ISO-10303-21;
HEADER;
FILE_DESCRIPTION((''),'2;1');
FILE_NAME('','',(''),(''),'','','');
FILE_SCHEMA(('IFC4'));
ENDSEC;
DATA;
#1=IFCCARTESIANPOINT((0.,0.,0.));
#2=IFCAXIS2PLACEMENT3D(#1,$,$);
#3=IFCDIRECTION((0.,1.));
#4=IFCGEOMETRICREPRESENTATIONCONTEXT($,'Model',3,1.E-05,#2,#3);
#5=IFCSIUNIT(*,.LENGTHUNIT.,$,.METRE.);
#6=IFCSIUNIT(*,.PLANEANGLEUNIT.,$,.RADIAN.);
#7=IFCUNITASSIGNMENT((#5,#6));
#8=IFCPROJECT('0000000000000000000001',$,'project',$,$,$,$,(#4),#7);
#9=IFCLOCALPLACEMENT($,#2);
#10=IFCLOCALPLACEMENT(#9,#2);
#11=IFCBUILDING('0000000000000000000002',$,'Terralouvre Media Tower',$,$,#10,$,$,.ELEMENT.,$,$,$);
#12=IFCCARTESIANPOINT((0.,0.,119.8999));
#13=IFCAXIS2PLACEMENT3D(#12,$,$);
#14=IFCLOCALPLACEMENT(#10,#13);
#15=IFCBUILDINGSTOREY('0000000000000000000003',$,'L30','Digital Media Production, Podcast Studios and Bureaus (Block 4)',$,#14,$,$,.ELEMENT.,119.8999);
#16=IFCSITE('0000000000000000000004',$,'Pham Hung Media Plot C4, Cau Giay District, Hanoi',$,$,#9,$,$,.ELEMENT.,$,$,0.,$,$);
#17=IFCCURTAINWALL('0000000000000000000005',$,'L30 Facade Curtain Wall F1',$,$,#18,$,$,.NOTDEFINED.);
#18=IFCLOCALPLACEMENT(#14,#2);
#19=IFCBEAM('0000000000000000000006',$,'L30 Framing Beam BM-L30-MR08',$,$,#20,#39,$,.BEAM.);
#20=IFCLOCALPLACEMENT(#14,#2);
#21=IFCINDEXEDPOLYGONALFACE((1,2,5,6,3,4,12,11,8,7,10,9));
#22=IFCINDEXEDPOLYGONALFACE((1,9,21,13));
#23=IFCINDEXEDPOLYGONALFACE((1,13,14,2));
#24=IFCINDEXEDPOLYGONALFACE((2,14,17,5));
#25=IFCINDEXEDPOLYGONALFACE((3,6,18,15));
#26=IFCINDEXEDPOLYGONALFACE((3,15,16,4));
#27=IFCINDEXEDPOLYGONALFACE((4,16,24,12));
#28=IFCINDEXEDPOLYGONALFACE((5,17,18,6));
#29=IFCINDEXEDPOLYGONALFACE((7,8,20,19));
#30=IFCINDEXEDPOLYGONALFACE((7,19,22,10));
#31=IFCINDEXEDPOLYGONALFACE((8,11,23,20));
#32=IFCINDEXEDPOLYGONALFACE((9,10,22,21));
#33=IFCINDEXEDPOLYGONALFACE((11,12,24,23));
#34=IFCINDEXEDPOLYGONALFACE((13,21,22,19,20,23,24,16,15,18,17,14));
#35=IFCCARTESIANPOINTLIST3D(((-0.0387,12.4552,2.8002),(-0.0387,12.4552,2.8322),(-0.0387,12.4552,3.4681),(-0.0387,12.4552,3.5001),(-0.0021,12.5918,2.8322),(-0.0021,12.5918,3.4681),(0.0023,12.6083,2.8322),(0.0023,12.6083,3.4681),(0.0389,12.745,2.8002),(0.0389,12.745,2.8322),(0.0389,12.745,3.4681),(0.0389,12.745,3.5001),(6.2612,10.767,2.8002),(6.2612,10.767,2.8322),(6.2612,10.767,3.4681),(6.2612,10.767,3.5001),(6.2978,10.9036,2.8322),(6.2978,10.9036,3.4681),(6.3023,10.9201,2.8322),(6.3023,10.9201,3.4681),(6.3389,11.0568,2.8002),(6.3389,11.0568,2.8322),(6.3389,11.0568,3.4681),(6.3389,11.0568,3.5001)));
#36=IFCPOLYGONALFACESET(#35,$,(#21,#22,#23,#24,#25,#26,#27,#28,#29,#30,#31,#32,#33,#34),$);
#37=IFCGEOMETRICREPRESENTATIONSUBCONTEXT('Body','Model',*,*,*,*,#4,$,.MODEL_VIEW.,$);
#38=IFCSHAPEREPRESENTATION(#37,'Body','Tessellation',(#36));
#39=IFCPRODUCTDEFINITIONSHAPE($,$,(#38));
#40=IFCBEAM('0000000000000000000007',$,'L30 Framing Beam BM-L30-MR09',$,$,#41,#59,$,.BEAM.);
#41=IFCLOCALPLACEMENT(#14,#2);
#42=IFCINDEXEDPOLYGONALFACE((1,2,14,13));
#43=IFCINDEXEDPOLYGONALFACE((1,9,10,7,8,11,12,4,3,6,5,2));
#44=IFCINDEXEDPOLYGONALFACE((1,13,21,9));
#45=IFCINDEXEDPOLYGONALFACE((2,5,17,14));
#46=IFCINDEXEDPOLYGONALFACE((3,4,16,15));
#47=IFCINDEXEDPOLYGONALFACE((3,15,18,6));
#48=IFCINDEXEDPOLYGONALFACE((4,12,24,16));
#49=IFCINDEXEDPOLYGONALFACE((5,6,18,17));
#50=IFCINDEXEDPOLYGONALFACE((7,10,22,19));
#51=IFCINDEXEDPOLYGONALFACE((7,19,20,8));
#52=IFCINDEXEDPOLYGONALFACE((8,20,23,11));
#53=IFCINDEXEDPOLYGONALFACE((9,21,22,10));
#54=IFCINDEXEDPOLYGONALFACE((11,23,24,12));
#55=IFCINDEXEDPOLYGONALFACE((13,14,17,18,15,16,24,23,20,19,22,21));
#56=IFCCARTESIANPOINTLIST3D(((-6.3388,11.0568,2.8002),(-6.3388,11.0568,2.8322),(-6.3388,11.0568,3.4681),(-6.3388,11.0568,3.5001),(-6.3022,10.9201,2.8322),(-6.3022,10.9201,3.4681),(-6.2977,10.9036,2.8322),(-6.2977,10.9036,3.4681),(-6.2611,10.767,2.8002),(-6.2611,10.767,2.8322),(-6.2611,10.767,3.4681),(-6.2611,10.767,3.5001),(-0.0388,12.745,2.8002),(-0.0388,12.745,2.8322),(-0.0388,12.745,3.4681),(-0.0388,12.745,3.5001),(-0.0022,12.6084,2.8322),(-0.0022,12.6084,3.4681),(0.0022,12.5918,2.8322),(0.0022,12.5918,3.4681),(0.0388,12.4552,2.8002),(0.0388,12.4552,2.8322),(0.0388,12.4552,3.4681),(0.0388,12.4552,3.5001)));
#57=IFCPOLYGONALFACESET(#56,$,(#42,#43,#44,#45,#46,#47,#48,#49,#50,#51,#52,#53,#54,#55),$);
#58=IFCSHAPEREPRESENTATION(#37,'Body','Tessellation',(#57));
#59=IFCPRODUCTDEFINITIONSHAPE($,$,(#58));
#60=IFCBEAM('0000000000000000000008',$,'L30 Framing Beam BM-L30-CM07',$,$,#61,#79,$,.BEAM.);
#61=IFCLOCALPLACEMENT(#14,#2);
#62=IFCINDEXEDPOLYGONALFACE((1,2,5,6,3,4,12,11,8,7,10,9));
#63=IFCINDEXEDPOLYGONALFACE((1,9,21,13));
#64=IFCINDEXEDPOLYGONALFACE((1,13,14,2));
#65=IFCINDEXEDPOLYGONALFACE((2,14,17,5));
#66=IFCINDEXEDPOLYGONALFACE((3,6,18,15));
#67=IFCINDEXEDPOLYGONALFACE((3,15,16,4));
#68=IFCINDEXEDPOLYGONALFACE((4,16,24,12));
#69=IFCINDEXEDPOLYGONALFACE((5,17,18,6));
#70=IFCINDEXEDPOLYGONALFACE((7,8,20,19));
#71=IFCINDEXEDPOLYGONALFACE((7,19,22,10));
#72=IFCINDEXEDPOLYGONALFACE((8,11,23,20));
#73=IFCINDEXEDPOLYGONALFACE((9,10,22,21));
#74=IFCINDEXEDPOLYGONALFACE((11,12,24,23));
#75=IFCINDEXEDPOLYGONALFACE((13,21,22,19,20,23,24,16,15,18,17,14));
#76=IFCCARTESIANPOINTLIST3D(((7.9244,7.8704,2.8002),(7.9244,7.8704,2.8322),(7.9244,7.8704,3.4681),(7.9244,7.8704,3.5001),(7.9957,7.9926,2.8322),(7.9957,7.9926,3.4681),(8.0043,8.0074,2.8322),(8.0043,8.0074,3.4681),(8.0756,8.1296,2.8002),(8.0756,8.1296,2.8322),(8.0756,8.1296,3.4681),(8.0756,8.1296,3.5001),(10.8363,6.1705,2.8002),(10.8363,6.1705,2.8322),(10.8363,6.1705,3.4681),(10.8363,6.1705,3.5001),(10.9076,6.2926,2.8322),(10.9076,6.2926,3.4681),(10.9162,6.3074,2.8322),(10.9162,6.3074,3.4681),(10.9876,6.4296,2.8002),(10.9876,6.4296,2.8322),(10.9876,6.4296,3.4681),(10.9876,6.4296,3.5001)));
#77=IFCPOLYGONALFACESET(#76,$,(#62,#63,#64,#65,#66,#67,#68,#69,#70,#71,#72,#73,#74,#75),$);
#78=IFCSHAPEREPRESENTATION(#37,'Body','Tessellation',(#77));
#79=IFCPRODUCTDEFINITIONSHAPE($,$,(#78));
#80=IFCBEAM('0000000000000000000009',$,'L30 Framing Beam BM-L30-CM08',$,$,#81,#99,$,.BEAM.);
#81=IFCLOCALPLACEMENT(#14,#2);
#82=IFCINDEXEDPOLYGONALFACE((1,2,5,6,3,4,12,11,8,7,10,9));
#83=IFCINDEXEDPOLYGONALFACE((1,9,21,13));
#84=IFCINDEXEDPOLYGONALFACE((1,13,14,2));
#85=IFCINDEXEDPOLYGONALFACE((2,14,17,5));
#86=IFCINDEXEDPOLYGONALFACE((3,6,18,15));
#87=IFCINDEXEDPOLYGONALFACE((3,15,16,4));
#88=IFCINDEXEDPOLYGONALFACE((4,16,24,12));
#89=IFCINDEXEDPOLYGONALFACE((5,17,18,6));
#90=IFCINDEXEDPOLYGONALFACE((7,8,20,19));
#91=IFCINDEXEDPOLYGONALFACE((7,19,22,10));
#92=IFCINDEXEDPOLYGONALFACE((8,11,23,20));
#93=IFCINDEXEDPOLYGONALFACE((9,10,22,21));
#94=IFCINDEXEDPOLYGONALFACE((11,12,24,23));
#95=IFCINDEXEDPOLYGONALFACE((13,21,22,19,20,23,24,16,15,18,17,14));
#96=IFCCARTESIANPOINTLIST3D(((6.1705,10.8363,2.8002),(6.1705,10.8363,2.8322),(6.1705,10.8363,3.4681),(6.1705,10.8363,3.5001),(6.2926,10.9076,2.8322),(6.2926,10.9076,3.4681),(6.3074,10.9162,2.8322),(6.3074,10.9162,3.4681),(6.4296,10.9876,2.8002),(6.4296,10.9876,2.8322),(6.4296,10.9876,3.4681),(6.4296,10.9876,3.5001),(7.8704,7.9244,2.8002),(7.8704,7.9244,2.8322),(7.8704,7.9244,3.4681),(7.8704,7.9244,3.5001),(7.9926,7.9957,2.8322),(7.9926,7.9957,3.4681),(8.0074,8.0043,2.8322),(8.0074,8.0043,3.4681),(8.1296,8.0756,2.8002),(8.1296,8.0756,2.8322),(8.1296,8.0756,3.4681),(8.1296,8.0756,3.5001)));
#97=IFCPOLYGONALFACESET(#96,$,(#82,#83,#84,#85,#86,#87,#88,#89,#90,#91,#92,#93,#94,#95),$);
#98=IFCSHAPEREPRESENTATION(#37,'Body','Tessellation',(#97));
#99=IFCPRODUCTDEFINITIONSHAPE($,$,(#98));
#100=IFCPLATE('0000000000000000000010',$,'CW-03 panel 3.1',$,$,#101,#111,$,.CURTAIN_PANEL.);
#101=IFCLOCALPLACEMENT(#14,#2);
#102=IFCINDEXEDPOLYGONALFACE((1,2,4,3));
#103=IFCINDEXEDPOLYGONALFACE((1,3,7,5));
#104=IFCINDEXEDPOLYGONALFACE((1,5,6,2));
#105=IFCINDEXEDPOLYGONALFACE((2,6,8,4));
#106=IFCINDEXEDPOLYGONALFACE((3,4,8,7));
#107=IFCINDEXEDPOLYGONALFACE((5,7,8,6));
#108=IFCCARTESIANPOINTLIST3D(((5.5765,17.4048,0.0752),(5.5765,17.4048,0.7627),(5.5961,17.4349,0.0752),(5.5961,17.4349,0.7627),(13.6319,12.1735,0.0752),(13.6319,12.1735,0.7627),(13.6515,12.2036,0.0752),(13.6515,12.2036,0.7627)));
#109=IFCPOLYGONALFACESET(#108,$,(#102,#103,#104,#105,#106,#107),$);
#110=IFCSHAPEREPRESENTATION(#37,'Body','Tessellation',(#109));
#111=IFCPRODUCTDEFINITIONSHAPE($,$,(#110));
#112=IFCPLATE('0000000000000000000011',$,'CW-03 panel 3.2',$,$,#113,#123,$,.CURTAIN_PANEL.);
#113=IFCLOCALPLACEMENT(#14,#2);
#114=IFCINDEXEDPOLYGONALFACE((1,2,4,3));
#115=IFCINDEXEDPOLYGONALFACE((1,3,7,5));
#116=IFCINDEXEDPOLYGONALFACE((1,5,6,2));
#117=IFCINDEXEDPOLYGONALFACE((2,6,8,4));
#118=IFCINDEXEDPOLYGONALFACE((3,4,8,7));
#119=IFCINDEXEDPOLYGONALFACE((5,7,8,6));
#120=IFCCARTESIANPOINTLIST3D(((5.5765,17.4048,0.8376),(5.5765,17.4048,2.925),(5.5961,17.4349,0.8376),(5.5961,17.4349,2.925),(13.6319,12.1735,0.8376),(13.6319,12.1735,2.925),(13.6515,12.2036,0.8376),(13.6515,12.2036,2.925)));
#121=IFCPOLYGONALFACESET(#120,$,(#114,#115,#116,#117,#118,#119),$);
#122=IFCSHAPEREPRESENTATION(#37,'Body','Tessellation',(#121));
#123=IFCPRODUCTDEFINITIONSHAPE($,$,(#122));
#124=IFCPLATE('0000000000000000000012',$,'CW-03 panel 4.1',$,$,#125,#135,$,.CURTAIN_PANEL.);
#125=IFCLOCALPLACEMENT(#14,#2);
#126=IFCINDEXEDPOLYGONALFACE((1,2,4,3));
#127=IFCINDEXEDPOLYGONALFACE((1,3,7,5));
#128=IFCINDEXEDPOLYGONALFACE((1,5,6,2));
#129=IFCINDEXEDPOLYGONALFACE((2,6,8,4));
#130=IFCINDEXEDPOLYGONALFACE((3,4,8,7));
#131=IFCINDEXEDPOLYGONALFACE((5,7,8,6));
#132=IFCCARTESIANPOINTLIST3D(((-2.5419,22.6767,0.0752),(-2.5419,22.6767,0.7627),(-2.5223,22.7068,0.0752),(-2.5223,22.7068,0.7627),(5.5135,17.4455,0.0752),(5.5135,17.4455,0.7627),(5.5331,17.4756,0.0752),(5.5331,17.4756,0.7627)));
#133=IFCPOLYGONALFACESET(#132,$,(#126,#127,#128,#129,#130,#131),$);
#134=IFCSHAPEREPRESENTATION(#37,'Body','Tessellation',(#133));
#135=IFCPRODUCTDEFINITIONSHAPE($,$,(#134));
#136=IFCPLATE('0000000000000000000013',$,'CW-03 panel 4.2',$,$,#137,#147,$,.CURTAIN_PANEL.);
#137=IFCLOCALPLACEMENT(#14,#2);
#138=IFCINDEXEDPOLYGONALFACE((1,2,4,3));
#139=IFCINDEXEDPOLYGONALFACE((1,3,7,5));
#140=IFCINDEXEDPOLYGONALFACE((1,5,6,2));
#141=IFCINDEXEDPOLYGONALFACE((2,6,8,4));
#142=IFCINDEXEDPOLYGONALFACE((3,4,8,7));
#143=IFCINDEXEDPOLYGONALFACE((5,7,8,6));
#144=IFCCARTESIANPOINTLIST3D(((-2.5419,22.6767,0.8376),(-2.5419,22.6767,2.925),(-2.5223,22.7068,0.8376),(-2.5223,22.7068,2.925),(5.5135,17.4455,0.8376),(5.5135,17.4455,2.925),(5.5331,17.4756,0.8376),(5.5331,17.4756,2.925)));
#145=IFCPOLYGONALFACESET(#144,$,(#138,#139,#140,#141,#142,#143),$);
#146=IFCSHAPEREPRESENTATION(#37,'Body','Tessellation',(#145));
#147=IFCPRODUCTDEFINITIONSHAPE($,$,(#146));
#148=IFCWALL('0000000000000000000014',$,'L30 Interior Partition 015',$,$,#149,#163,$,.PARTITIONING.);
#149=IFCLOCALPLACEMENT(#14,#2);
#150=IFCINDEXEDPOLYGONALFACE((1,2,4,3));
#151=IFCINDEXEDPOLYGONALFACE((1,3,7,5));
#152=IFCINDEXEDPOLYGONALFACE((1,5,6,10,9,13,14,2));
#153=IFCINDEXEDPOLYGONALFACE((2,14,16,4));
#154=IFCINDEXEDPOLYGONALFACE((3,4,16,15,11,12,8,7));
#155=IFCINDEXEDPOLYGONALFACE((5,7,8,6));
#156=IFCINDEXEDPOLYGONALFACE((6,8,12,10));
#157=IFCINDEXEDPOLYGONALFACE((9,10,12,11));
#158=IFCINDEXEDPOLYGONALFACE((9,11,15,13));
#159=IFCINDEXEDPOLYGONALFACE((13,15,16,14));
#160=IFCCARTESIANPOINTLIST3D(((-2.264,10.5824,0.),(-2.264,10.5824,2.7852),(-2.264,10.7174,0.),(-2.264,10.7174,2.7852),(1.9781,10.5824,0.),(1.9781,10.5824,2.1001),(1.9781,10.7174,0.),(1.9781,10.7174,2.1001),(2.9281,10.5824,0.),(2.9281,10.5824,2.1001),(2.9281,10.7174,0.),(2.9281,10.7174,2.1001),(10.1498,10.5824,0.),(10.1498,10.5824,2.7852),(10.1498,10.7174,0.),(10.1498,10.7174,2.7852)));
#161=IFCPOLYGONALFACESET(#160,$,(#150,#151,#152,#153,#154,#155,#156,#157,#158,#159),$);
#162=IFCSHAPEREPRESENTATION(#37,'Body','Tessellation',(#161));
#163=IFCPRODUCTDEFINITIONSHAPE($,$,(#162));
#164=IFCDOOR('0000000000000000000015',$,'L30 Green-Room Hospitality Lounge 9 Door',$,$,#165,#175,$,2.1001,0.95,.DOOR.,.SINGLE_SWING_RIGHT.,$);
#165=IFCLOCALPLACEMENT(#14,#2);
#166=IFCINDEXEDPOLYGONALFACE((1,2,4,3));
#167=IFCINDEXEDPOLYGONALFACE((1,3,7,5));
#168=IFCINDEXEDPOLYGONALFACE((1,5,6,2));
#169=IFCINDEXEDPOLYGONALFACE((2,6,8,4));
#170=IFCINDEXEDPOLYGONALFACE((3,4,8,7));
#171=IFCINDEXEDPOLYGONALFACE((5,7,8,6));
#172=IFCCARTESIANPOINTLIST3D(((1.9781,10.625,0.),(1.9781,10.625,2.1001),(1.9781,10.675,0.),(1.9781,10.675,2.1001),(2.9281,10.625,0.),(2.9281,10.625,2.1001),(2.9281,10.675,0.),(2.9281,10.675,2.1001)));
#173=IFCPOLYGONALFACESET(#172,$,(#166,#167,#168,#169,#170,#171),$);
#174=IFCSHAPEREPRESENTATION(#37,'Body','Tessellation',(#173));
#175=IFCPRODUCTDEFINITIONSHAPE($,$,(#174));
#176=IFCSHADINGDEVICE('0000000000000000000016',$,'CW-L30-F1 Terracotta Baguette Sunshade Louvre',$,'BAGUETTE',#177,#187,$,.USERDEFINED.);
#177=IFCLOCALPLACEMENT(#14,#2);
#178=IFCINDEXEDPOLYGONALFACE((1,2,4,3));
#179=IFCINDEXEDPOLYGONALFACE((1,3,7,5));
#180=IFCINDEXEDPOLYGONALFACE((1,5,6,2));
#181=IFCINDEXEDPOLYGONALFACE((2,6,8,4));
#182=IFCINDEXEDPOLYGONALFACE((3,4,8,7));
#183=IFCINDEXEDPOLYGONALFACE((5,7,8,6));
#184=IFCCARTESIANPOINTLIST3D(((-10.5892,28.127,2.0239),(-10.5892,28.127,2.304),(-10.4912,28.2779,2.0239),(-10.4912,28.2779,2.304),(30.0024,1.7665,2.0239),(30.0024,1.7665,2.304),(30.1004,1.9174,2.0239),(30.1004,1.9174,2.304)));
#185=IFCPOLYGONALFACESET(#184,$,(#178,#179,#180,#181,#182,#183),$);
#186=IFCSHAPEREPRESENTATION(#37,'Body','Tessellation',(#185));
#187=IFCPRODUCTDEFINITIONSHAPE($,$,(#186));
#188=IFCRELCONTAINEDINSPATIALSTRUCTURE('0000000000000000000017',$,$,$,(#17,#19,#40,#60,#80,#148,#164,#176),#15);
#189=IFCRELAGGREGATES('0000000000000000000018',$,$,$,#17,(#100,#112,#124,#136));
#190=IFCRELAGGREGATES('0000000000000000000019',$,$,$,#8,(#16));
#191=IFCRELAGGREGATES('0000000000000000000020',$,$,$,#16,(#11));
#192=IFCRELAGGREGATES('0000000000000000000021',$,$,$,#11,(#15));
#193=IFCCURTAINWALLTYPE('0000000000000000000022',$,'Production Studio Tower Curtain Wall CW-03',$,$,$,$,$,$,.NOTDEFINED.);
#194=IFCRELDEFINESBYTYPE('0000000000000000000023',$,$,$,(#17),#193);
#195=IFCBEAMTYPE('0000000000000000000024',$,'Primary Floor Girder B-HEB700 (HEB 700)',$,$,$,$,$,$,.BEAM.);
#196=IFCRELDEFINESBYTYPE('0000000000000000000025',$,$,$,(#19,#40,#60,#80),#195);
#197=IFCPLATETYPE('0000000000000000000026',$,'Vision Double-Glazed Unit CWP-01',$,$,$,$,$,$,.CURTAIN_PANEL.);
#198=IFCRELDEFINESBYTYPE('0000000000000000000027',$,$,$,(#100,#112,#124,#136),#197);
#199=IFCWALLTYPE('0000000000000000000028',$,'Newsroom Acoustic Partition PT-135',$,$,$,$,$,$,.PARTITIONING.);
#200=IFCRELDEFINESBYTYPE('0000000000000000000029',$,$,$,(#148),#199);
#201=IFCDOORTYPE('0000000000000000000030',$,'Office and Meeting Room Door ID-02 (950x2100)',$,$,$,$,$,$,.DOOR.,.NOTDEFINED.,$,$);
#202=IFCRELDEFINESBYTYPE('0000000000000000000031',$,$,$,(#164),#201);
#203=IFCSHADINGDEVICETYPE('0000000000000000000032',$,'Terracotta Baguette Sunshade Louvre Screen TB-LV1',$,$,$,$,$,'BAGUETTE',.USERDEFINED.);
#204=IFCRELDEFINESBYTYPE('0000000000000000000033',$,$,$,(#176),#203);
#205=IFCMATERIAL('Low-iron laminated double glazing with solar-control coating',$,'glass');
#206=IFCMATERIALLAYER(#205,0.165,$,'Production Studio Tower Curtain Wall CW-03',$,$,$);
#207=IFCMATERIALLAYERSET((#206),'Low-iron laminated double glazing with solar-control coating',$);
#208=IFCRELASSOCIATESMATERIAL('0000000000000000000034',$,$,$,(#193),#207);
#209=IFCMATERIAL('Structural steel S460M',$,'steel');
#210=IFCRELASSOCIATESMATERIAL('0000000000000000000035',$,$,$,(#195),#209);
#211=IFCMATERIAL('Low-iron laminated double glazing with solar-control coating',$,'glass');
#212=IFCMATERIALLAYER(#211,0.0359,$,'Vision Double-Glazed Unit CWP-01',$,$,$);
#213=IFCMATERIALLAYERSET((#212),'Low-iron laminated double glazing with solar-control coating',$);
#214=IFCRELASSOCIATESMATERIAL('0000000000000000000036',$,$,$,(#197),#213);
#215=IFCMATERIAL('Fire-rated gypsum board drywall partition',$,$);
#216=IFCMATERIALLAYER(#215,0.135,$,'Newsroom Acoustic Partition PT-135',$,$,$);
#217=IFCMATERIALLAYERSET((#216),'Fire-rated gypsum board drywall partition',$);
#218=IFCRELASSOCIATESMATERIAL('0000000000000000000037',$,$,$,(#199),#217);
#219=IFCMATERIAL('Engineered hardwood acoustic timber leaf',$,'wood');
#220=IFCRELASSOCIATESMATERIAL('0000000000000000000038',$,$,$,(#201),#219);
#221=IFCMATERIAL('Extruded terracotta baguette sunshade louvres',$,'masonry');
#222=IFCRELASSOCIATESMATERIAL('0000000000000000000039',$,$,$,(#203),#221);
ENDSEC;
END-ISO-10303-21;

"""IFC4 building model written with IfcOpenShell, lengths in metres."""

from ifc_helpers import new_model, si_unit, direction, frame, frame_2d, origin, origin_2d, place, context, subcontext, project, spatial, rectangle, i_section, extrude, material, layer, layer_set, material_profile, profile_set, type_object, element, fill, aggregate, save


model = new_model("IFC4")

# Units and contexts
model_context = context("Model", 3, precision=1e-05, world=origin(), true_north=direction((0.0, 1.0)))
body_context = subcontext(model_context, "Body", "Model", "MODEL_VIEW")
ifc_project = project(units=[si_unit("LENGTHUNIT", "METRE"), si_unit("PLANEANGLEUNIT", "RADIAN")], contexts=[model_context])

# Site, building, storey
site_placement = place(None, origin())
site = spatial("IfcSite", under=ifc_project, at=site_placement, Name="Pham Hung Media Plot C4, Cau Giay District, Hanoi", CompositionType="ELEMENT", RefElevation=0.0)
building_placement = place(site_placement, origin())
building = spatial("IfcBuilding", under=site, at=building_placement, Name="Terralouvre Media Tower", CompositionType="ELEMENT")
storey_placement = place(building_placement, frame((0.0, 0.0, 119.8999)))
storey = spatial("IfcBuildingStorey", under=building, at=storey_placement, Name="L30", Description="Digital Media Production, Podcast Studios and Bureaus (Block 4)", CompositionType="ELEMENT", Elevation=119.8999)

# Curtain wall
ifc_material_1 = material(Name="Low-iron laminated double glazing with solar-control coating", Category="glass")
ifc_layer_1 = layer(ifc_material_1, 0.165, Name="Production Studio Tower Curtain Wall CW-03")
ifc_layer_set_1 = layer_set([ifc_layer_1], Name="Low-iron laminated double glazing with solar-control coating")
curtain_wall_type = type_object("IfcCurtainWallType", Name="Production Studio Tower Curtain Wall CW-03", PredefinedType="NOTDEFINED", material=ifc_layer_set_1)
curtain_wall_placement = place(storey_placement, origin())
curtain_wall = element("IfcCurtainWall", 1, at=curtain_wall_placement, inside=storey, type_object=curtain_wall_type, Name="L30 Facade Curtain Wall F1", PredefinedType="NOTDEFINED")

# Beams
ifc_material_2 = material(Name="Structural steel S460M", Category="steel")
ifc_material_profile_1 = material_profile(ifc_material_2, i_section(OverallWidth=0.3, OverallDepth=0.7, WebThickness=0.0171, FlangeThickness=0.032, at=origin_2d()), Name="HEB 700")
ifc_profile_set_1 = profile_set([ifc_material_profile_1], Name="Structural steel S460M")
beam_type_1 = type_object("IfcBeamType", Name="Primary Floor Girder B-HEB700 (HEB 700)", PredefinedType="BEAM", material=ifc_profile_set_1)
for number, where, z_axis, x_axis, name in (
    (2, (6.3, 10.9119, 3.1501), (-0.96592, 0.258839, 0.0), (-0.258839, -0.96592, 0.0), "L30 Framing Beam BM-L30-MR08"),
    (3, (0.0, 12.6001, 3.1501), (-0.96592, -0.258839, 0.0), (0.258839, -0.96592, 0.0), "L30 Framing Beam BM-L30-MR09"),
):
    element("IfcBeam", number, at=place(storey_placement, frame(where, z_axis=z_axis, x_axis=x_axis)), inside=storey, type_object=beam_type_1, Name=name, PredefinedType="BEAM", context=body_context, shape_type="SweptSolid", body=[
        extrude(i_section(OverallWidth=0.3, OverallDepth=0.7, WebThickness=0.0171, FlangeThickness=0.032, at=origin_2d()), origin(), (0.0, 0.0, 1.0), 6.5222),
    ])
for number, where, z_axis, x_axis, name in (
    (4, (8.0, 8.0, 3.1501), (0.863603, -0.504173, 0.0), (0.504173, 0.863603, 0.0), "L30 Framing Beam BM-L30-CM07"),
    (5, (8.0, 8.0, 3.1501), (-0.504173, 0.863603, 0.0), (-0.863603, -0.504173, 0.0), "L30 Framing Beam BM-L30-CM08"),
):
    element("IfcBeam", number, at=place(storey_placement, frame(where, z_axis=z_axis, x_axis=x_axis)), inside=storey, type_object=beam_type_1, Name=name, PredefinedType="BEAM", context=body_context, shape_type="SweptSolid", body=[
        extrude(i_section(OverallWidth=0.3, OverallDepth=0.7, WebThickness=0.0171, FlangeThickness=0.032, at=origin_2d()), origin(), (0.0, 0.0, 1.0), 3.3718),
    ])

# Plates
ifc_material_3 = material(Name="Low-iron laminated double glazing with solar-control coating", Category="glass")
ifc_layer_2 = layer(ifc_material_3, 0.0359, Name="Vision Double-Glazed Unit CWP-01")
ifc_layer_set_2 = layer_set([ifc_layer_2], Name="Low-iron laminated double glazing with solar-control coating")
plate_type = type_object("IfcPlateType", Name="Vision Double-Glazed Unit CWP-01", PredefinedType="CURTAIN_PANEL", material=ifc_layer_set_2)
plate_1_placement = place(storey_placement, frame((9.614, 14.8042, 0.0752), z_axis=(0.0, 0.0, 1.0), x_axis=(-0.838671, 0.544639, 0.0)))
plate_1 = element("IfcPlate", 6, at=plate_1_placement, type_object=plate_type, Name="CW-03 panel 3.1", PredefinedType="CURTAIN_PANEL", context=body_context, shape_type="SweptSolid", body=[
    extrude(rectangle(XDim=9.605, YDim=0.0359, at=origin_2d()), origin(), (0.0, 0.0, 1.0), 0.6875),
])
plate_2_placement = place(storey_placement, frame((9.614, 14.8042, 0.8376), z_axis=(0.0, 0.0, 1.0), x_axis=(-0.838671, 0.544639, 0.0)))
plate_2 = element("IfcPlate", 7, at=plate_2_placement, type_object=plate_type, Name="CW-03 panel 3.2", PredefinedType="CURTAIN_PANEL", context=body_context, shape_type="SweptSolid", body=[
    extrude(rectangle(XDim=9.605, YDim=0.0359, at=origin_2d()), origin(), (0.0, 0.0, 1.0), 2.0874),
])
plate_3_placement = place(storey_placement, frame((1.4956, 20.0762, 0.0752), z_axis=(0.0, 0.0, 1.0), x_axis=(-0.838671, 0.544639, 0.0)))
plate_3 = element("IfcPlate", 8, at=plate_3_placement, type_object=plate_type, Name="CW-03 panel 4.1", PredefinedType="CURTAIN_PANEL", context=body_context, shape_type="SweptSolid", body=[
    extrude(rectangle(XDim=9.605, YDim=0.0359, at=origin_2d()), origin(), (0.0, 0.0, 1.0), 0.6875),
])
plate_4_placement = place(storey_placement, frame((1.4956, 20.0762, 0.8376), z_axis=(0.0, 0.0, 1.0), x_axis=(-0.838671, 0.544639, 0.0)))
plate_4 = element("IfcPlate", 9, at=plate_4_placement, type_object=plate_type, Name="CW-03 panel 4.2", PredefinedType="CURTAIN_PANEL", context=body_context, shape_type="SweptSolid", body=[
    extrude(rectangle(XDim=9.605, YDim=0.0359, at=origin_2d()), origin(), (0.0, 0.0, 1.0), 2.0874),
])
aggregate(curtain_wall, [plate_1, plate_2, plate_3, plate_4])

# Wall, opening, door
ifc_material_4 = material(Name="Fire-rated gypsum board drywall partition")
ifc_layer_3 = layer(ifc_material_4, 0.135, Name="Newsroom Acoustic Partition PT-135")
ifc_layer_set_3 = layer_set([ifc_layer_3], Name="Fire-rated gypsum board drywall partition")
wall_type = type_object("IfcWallType", Name="Newsroom Acoustic Partition PT-135", PredefinedType="PARTITIONING", material=ifc_layer_set_3)
wall_placement = place(storey_placement, frame((10.1499, 10.6499, 0.0), z_axis=(0.0, 0.0, 1.0), x_axis=(-1.0, 0.0, 0.0)))
wall = element("IfcWall", 10, at=wall_placement, inside=storey, type_object=wall_type, Name="L30 Interior Partition 015", PredefinedType="PARTITIONING", context=body_context, shape_type="SweptSolid", body=[
    extrude(rectangle(XDim=12.4138, YDim=0.135, at=frame_2d((6.207, 0.0))), origin(), (0.0, 0.0, 1.0), 2.7852),
])
opening_placement = place(wall_placement, frame((7.2217, 0.0, 0.0)))
opening = element("IfcOpeningElement", 11, at=opening_placement, cuts=wall, PredefinedType="OPENING", context=body_context, shape_type="SweptSolid", body=[
    extrude(rectangle(XDim=0.95, YDim=2.1001, at=frame_2d((0.4751, 1.05))), frame((0.0, 0.0774, 0.0), z_axis=(0.0, -1.0, 0.0), x_axis=(1.0, 0.0, 0.0)), (0.0, 0.0, 1.0), 0.155),
])
ifc_material_5 = material(Name="Engineered hardwood acoustic timber leaf", Category="wood")
door_type = type_object("IfcDoorType", Name="Office and Meeting Room Door ID-02 (950x2100)", OperationType="NOTDEFINED", PredefinedType="DOOR", material=ifc_material_5)
door_placement = place(opening_placement, origin())
door = element("IfcDoor", 12, at=door_placement, inside=storey, type_object=door_type, Name="L30 Green-Room Hospitality Lounge 9 Door", OperationType="SINGLE_SWING_RIGHT", OverallHeight=2.1001, OverallWidth=0.95, PredefinedType="DOOR", context=body_context, shape_type="SweptSolid", body=[
    extrude(rectangle(XDim=0.95, YDim=2.1001, at=frame_2d((0.4751, 1.05))), frame((0.0, 0.0249, 0.0), z_axis=(0.0, -1.0, 0.0), x_axis=(1.0, 0.0, 0.0)), (0.0, 0.0, 1.0), 0.05),
])
fill(opening, door)

# Shading device
ifc_material_6 = material(Name="Extruded terracotta baguette sunshade louvres", Category="masonry")
shading_device_type = type_object("IfcShadingDeviceType", Name="Terracotta Baguette Sunshade Louvre Screen TB-LV1", ElementType="BAGUETTE", PredefinedType="USERDEFINED", material=ifc_material_6)
shading_device_placement = place(storey_placement, frame((9.7556, 15.0222, 2.0239), z_axis=(0.0, 0.0, 1.0), x_axis=(-0.838671, 0.544639, 0.0)))
element("IfcShadingDevice", 13, at=shading_device_placement, inside=storey, type_object=shading_device_type, Name="CW-L30-F1 Terracotta Baguette Sunshade Louvre", ObjectType="BAGUETTE", PredefinedType="USERDEFINED", context=body_context, shape_type="SweptSolid", body=[
    extrude(rectangle(XDim=48.3999, YDim=0.1799, at=origin_2d()), origin(), (0.0, 0.0, 1.0), 0.28),
])

save(model, "model.ifc")
